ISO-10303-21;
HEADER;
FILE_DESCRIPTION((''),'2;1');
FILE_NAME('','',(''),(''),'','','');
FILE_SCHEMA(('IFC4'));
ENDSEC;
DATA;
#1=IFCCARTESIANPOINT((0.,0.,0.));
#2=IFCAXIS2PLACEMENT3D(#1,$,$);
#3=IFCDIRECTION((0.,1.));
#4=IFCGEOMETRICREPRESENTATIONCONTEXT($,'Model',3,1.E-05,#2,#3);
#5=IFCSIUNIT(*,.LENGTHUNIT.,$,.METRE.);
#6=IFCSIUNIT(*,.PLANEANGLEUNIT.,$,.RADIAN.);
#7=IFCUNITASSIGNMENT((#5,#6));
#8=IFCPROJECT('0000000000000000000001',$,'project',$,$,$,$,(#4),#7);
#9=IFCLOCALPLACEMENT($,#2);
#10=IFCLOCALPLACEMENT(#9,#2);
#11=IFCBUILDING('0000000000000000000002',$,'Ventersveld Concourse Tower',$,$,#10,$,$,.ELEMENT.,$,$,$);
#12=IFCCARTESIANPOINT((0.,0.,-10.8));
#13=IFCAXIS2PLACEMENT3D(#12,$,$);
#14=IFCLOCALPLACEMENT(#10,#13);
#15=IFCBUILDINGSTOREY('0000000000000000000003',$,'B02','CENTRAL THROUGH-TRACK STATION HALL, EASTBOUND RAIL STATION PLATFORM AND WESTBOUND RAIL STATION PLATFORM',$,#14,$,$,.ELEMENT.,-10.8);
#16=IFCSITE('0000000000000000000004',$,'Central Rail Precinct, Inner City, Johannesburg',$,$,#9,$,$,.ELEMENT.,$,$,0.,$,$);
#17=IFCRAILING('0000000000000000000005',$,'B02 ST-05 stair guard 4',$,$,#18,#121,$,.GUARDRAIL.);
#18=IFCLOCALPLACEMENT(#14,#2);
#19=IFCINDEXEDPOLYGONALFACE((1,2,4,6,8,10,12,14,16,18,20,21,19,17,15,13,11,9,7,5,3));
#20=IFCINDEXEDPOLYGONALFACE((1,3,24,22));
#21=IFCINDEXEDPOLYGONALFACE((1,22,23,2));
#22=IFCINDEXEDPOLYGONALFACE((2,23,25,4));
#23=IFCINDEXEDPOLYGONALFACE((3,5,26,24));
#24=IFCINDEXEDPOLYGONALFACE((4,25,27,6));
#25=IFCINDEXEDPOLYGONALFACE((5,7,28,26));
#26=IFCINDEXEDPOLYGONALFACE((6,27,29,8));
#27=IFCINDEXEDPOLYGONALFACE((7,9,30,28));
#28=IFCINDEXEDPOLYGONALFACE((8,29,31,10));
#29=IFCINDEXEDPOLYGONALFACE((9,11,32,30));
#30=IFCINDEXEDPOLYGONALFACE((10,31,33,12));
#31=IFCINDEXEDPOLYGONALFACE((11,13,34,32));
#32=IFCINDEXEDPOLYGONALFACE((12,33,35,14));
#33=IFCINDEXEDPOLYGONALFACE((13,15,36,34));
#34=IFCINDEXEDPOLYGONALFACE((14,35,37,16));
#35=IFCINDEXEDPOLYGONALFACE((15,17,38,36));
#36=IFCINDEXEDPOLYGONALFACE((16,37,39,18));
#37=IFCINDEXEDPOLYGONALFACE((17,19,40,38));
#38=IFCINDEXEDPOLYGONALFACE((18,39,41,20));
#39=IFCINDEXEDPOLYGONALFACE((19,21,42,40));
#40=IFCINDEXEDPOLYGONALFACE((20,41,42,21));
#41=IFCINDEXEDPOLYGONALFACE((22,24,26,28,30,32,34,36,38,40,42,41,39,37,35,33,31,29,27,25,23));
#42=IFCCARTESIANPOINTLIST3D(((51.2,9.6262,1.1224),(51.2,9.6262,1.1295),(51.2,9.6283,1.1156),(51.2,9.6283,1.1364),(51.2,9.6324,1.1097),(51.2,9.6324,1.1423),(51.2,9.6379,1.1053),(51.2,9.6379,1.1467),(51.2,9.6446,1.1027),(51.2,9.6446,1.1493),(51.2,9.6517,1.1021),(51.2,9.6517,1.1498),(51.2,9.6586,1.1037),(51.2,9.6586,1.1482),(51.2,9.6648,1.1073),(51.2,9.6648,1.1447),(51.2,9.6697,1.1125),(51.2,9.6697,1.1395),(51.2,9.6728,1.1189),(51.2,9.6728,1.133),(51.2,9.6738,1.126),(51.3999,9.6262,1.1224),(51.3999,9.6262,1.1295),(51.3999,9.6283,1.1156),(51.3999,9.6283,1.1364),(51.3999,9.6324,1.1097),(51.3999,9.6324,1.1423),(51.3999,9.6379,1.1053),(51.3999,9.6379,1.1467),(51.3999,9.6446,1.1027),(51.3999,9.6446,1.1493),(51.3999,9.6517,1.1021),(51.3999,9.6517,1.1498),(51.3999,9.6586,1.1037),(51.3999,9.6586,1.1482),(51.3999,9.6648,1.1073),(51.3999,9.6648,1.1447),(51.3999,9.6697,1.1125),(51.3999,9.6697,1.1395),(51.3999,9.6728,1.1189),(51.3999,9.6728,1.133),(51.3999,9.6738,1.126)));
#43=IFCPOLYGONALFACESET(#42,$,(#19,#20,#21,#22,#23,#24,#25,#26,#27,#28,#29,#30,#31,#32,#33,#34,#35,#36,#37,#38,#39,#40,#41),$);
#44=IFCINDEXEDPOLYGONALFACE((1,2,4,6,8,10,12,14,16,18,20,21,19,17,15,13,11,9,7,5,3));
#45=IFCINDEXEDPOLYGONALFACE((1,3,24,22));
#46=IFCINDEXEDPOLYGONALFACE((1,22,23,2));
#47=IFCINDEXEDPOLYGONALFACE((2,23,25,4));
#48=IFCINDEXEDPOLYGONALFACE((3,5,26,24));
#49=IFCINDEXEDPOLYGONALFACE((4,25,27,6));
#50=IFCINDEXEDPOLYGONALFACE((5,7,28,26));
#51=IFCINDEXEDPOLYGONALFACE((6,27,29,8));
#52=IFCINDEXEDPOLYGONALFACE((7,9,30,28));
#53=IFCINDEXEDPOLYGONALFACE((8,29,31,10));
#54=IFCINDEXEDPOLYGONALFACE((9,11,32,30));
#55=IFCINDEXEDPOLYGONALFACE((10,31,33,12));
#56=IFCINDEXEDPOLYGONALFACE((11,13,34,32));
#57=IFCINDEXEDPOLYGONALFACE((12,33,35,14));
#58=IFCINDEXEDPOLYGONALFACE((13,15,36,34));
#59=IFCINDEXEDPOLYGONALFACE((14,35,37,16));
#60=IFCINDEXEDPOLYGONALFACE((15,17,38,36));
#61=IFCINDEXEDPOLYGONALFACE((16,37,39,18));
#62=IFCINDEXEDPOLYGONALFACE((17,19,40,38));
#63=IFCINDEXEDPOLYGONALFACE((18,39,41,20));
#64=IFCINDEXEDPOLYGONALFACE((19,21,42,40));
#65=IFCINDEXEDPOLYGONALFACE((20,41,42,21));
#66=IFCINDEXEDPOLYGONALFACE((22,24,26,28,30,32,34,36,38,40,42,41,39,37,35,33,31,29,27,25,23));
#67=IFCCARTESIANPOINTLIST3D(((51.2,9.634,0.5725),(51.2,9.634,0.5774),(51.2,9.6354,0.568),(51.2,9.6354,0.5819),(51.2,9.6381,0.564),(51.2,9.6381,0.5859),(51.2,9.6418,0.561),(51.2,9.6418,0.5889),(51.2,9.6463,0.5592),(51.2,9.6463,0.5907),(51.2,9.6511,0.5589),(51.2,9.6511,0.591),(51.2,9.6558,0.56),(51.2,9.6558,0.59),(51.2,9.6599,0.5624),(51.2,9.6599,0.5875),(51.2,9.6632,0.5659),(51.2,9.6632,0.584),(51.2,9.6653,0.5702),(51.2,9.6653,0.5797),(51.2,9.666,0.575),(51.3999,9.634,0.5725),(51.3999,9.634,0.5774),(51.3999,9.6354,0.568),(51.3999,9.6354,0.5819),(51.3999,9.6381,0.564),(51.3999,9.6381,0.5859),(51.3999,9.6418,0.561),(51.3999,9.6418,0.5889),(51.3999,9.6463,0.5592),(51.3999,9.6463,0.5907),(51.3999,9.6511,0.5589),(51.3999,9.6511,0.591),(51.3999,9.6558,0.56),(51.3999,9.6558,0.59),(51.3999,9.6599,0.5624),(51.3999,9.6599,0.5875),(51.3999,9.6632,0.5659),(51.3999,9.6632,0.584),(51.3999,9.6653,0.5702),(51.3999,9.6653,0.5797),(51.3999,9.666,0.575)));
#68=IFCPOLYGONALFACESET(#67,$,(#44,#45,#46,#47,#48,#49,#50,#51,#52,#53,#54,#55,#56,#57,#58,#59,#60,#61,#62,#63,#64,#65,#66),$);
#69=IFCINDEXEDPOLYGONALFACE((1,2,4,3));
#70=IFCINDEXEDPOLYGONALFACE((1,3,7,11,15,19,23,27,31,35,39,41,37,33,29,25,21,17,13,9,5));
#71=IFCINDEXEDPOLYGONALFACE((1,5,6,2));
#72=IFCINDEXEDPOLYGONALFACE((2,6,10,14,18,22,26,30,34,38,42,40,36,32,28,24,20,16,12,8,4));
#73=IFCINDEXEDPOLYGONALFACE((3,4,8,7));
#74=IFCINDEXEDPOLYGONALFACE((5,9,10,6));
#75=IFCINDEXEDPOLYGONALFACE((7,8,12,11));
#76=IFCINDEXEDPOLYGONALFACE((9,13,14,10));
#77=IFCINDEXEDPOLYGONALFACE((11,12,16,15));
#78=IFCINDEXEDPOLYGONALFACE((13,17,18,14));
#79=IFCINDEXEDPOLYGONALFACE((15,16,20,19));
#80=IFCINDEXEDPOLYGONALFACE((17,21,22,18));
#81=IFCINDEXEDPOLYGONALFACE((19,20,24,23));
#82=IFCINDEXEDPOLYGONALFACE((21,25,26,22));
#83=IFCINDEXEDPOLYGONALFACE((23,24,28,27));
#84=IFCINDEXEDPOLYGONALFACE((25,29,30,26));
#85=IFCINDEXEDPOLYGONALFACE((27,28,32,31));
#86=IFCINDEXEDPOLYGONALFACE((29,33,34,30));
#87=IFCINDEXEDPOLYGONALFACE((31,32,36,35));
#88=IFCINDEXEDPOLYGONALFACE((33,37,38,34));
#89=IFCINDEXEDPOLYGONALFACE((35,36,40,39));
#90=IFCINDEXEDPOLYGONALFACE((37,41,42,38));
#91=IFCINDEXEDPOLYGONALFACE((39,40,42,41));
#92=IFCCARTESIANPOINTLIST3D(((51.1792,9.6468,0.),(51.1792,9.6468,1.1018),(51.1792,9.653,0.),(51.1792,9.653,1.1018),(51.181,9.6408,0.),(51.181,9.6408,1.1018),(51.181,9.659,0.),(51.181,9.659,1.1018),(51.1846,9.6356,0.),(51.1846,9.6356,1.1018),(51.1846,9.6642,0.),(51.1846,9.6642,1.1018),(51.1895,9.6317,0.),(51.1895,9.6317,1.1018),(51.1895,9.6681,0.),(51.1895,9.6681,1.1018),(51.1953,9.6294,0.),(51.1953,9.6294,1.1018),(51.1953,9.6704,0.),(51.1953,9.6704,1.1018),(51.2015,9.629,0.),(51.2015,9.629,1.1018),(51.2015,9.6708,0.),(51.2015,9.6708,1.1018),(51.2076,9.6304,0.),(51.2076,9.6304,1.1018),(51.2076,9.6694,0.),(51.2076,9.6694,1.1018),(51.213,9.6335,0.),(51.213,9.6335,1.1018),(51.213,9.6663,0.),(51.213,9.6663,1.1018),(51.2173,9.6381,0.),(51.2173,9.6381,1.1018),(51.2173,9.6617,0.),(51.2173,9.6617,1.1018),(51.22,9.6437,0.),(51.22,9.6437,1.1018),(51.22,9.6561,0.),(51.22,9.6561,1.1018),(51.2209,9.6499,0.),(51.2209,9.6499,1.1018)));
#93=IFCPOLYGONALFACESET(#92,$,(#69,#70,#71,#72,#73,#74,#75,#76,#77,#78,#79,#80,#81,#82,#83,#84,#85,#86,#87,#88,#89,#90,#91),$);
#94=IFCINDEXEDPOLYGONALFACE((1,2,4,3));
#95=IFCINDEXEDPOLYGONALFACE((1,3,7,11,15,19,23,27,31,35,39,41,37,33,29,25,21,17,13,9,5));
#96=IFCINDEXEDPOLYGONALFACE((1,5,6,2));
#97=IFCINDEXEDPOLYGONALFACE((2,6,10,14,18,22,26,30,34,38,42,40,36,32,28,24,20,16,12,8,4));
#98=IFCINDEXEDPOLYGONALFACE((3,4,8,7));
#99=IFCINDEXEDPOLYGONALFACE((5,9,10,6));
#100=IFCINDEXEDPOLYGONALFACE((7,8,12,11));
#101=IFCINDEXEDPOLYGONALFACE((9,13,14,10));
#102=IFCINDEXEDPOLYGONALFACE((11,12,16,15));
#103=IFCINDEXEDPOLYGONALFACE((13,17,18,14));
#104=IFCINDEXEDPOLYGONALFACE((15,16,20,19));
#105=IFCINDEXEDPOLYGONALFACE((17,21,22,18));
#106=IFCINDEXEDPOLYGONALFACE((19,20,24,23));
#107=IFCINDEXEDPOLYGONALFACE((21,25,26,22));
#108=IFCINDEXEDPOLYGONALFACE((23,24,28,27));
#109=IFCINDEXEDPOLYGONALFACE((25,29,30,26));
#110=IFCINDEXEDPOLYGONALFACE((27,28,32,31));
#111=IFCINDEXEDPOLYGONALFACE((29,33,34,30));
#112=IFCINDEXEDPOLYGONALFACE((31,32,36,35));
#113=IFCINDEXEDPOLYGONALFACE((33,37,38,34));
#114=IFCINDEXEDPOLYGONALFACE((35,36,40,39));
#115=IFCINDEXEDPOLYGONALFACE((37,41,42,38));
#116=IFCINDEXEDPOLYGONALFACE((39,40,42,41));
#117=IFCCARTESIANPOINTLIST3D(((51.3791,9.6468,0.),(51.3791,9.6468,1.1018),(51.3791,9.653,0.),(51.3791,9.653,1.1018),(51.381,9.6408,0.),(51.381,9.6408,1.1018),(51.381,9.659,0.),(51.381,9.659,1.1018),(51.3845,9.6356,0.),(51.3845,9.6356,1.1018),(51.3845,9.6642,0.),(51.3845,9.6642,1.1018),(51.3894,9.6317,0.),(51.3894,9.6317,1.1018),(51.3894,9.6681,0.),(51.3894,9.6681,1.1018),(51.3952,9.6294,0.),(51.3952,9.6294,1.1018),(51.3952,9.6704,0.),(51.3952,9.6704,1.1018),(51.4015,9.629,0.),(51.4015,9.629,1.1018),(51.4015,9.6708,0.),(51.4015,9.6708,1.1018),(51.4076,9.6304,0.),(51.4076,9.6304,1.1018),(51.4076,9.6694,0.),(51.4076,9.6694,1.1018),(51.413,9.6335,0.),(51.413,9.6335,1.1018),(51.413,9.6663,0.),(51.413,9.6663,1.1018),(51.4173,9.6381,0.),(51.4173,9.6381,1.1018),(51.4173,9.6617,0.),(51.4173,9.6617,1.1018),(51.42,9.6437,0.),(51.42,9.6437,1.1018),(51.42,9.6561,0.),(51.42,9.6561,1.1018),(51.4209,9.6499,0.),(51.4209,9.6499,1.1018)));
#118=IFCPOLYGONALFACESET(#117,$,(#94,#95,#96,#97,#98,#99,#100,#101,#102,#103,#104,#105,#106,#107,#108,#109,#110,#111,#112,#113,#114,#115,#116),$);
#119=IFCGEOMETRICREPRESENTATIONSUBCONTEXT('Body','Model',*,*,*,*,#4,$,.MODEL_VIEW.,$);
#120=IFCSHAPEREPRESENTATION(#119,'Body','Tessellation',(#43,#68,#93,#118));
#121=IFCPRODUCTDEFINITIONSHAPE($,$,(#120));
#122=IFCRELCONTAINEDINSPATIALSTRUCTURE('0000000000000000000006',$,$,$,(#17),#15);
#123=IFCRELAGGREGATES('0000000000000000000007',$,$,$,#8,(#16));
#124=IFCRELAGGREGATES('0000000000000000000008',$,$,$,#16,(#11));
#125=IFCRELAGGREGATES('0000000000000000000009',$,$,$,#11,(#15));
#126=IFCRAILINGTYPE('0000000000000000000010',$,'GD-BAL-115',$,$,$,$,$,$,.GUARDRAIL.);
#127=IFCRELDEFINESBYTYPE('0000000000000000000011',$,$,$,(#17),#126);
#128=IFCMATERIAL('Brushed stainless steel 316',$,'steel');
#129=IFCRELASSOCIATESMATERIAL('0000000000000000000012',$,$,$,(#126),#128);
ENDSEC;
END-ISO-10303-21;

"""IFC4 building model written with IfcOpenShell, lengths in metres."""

from ifc_helpers import new_model, si_unit, direction, frame, origin, origin_2d, place, context, subcontext, project, spatial, circle, extrude, material, type_object, element, save


model = new_model("IFC4")

# Units and contexts
model_context = context("Model", 3, precision=1e-05, world=origin(), true_north=direction((0.0, 1.0)))
body_context = subcontext(model_context, "Body", "Model", "MODEL_VIEW")
ifc_project = project(units=[si_unit("LENGTHUNIT", "METRE"), si_unit("PLANEANGLEUNIT", "RADIAN")], contexts=[model_context])

# Site, building, storey
site_placement = place(None, origin())
site = spatial("IfcSite", under=ifc_project, at=site_placement, Name="Central Rail Precinct, Inner City, Johannesburg", CompositionType="ELEMENT", RefElevation=0.0)
building_placement = place(site_placement, origin())
building = spatial("IfcBuilding", under=site, at=building_placement, Name="Ventersveld Concourse Tower", CompositionType="ELEMENT")
storey_placement = place(building_placement, frame((0.0, 0.0, -10.8)))
storey = spatial("IfcBuildingStorey", under=building, at=storey_placement, Name="B02", Description="CENTRAL THROUGH-TRACK STATION HALL, EASTBOUND RAIL STATION PLATFORM AND WESTBOUND RAIL STATION PLATFORM", CompositionType="ELEMENT", Elevation=-10.8)

# Railing
ifc_material_1 = material(Name="Brushed stainless steel 316", Category="steel")
railing_type_1 = type_object("IfcRailingType", Name="GD-BAL-115", PredefinedType="GUARDRAIL", material=ifc_material_1)
railing_1_placement = place(storey_placement, frame((51.2, 9.6499, 0.0)))
element("IfcRailing", 1, at=railing_1_placement, inside=storey, type_object=railing_type_1, Name="B02 ST-05 stair guard 4", PredefinedType="GUARDRAIL", context=body_context, shape_type="SweptSolid", body=[
    extrude(circle(Radius=0.0239, at=origin_2d()), frame((0.0, 0.0, 1.126), z_axis=(1.0, 0.0, 0.0), x_axis=(0.0, 1.0, 0.0)), (0.0, 0.0, 1.0), 0.2),
    extrude(circle(Radius=0.0161, at=origin_2d()), frame((0.0, 0.0, 0.575), z_axis=(1.0, 0.0, 0.0), x_axis=(0.0, 1.0, 0.0)), (0.0, 0.0, 1.0), 0.2),
    extrude(circle(Radius=0.021, at=origin_2d()), origin(), (0.0, 0.0, 1.0), 1.1018),
    extrude(circle(Radius=0.021, at=origin_2d()), frame((0.2, 0.0, 0.0)), (0.0, 0.0, 1.0), 1.1018),
])

save(model, "model.ifc")
